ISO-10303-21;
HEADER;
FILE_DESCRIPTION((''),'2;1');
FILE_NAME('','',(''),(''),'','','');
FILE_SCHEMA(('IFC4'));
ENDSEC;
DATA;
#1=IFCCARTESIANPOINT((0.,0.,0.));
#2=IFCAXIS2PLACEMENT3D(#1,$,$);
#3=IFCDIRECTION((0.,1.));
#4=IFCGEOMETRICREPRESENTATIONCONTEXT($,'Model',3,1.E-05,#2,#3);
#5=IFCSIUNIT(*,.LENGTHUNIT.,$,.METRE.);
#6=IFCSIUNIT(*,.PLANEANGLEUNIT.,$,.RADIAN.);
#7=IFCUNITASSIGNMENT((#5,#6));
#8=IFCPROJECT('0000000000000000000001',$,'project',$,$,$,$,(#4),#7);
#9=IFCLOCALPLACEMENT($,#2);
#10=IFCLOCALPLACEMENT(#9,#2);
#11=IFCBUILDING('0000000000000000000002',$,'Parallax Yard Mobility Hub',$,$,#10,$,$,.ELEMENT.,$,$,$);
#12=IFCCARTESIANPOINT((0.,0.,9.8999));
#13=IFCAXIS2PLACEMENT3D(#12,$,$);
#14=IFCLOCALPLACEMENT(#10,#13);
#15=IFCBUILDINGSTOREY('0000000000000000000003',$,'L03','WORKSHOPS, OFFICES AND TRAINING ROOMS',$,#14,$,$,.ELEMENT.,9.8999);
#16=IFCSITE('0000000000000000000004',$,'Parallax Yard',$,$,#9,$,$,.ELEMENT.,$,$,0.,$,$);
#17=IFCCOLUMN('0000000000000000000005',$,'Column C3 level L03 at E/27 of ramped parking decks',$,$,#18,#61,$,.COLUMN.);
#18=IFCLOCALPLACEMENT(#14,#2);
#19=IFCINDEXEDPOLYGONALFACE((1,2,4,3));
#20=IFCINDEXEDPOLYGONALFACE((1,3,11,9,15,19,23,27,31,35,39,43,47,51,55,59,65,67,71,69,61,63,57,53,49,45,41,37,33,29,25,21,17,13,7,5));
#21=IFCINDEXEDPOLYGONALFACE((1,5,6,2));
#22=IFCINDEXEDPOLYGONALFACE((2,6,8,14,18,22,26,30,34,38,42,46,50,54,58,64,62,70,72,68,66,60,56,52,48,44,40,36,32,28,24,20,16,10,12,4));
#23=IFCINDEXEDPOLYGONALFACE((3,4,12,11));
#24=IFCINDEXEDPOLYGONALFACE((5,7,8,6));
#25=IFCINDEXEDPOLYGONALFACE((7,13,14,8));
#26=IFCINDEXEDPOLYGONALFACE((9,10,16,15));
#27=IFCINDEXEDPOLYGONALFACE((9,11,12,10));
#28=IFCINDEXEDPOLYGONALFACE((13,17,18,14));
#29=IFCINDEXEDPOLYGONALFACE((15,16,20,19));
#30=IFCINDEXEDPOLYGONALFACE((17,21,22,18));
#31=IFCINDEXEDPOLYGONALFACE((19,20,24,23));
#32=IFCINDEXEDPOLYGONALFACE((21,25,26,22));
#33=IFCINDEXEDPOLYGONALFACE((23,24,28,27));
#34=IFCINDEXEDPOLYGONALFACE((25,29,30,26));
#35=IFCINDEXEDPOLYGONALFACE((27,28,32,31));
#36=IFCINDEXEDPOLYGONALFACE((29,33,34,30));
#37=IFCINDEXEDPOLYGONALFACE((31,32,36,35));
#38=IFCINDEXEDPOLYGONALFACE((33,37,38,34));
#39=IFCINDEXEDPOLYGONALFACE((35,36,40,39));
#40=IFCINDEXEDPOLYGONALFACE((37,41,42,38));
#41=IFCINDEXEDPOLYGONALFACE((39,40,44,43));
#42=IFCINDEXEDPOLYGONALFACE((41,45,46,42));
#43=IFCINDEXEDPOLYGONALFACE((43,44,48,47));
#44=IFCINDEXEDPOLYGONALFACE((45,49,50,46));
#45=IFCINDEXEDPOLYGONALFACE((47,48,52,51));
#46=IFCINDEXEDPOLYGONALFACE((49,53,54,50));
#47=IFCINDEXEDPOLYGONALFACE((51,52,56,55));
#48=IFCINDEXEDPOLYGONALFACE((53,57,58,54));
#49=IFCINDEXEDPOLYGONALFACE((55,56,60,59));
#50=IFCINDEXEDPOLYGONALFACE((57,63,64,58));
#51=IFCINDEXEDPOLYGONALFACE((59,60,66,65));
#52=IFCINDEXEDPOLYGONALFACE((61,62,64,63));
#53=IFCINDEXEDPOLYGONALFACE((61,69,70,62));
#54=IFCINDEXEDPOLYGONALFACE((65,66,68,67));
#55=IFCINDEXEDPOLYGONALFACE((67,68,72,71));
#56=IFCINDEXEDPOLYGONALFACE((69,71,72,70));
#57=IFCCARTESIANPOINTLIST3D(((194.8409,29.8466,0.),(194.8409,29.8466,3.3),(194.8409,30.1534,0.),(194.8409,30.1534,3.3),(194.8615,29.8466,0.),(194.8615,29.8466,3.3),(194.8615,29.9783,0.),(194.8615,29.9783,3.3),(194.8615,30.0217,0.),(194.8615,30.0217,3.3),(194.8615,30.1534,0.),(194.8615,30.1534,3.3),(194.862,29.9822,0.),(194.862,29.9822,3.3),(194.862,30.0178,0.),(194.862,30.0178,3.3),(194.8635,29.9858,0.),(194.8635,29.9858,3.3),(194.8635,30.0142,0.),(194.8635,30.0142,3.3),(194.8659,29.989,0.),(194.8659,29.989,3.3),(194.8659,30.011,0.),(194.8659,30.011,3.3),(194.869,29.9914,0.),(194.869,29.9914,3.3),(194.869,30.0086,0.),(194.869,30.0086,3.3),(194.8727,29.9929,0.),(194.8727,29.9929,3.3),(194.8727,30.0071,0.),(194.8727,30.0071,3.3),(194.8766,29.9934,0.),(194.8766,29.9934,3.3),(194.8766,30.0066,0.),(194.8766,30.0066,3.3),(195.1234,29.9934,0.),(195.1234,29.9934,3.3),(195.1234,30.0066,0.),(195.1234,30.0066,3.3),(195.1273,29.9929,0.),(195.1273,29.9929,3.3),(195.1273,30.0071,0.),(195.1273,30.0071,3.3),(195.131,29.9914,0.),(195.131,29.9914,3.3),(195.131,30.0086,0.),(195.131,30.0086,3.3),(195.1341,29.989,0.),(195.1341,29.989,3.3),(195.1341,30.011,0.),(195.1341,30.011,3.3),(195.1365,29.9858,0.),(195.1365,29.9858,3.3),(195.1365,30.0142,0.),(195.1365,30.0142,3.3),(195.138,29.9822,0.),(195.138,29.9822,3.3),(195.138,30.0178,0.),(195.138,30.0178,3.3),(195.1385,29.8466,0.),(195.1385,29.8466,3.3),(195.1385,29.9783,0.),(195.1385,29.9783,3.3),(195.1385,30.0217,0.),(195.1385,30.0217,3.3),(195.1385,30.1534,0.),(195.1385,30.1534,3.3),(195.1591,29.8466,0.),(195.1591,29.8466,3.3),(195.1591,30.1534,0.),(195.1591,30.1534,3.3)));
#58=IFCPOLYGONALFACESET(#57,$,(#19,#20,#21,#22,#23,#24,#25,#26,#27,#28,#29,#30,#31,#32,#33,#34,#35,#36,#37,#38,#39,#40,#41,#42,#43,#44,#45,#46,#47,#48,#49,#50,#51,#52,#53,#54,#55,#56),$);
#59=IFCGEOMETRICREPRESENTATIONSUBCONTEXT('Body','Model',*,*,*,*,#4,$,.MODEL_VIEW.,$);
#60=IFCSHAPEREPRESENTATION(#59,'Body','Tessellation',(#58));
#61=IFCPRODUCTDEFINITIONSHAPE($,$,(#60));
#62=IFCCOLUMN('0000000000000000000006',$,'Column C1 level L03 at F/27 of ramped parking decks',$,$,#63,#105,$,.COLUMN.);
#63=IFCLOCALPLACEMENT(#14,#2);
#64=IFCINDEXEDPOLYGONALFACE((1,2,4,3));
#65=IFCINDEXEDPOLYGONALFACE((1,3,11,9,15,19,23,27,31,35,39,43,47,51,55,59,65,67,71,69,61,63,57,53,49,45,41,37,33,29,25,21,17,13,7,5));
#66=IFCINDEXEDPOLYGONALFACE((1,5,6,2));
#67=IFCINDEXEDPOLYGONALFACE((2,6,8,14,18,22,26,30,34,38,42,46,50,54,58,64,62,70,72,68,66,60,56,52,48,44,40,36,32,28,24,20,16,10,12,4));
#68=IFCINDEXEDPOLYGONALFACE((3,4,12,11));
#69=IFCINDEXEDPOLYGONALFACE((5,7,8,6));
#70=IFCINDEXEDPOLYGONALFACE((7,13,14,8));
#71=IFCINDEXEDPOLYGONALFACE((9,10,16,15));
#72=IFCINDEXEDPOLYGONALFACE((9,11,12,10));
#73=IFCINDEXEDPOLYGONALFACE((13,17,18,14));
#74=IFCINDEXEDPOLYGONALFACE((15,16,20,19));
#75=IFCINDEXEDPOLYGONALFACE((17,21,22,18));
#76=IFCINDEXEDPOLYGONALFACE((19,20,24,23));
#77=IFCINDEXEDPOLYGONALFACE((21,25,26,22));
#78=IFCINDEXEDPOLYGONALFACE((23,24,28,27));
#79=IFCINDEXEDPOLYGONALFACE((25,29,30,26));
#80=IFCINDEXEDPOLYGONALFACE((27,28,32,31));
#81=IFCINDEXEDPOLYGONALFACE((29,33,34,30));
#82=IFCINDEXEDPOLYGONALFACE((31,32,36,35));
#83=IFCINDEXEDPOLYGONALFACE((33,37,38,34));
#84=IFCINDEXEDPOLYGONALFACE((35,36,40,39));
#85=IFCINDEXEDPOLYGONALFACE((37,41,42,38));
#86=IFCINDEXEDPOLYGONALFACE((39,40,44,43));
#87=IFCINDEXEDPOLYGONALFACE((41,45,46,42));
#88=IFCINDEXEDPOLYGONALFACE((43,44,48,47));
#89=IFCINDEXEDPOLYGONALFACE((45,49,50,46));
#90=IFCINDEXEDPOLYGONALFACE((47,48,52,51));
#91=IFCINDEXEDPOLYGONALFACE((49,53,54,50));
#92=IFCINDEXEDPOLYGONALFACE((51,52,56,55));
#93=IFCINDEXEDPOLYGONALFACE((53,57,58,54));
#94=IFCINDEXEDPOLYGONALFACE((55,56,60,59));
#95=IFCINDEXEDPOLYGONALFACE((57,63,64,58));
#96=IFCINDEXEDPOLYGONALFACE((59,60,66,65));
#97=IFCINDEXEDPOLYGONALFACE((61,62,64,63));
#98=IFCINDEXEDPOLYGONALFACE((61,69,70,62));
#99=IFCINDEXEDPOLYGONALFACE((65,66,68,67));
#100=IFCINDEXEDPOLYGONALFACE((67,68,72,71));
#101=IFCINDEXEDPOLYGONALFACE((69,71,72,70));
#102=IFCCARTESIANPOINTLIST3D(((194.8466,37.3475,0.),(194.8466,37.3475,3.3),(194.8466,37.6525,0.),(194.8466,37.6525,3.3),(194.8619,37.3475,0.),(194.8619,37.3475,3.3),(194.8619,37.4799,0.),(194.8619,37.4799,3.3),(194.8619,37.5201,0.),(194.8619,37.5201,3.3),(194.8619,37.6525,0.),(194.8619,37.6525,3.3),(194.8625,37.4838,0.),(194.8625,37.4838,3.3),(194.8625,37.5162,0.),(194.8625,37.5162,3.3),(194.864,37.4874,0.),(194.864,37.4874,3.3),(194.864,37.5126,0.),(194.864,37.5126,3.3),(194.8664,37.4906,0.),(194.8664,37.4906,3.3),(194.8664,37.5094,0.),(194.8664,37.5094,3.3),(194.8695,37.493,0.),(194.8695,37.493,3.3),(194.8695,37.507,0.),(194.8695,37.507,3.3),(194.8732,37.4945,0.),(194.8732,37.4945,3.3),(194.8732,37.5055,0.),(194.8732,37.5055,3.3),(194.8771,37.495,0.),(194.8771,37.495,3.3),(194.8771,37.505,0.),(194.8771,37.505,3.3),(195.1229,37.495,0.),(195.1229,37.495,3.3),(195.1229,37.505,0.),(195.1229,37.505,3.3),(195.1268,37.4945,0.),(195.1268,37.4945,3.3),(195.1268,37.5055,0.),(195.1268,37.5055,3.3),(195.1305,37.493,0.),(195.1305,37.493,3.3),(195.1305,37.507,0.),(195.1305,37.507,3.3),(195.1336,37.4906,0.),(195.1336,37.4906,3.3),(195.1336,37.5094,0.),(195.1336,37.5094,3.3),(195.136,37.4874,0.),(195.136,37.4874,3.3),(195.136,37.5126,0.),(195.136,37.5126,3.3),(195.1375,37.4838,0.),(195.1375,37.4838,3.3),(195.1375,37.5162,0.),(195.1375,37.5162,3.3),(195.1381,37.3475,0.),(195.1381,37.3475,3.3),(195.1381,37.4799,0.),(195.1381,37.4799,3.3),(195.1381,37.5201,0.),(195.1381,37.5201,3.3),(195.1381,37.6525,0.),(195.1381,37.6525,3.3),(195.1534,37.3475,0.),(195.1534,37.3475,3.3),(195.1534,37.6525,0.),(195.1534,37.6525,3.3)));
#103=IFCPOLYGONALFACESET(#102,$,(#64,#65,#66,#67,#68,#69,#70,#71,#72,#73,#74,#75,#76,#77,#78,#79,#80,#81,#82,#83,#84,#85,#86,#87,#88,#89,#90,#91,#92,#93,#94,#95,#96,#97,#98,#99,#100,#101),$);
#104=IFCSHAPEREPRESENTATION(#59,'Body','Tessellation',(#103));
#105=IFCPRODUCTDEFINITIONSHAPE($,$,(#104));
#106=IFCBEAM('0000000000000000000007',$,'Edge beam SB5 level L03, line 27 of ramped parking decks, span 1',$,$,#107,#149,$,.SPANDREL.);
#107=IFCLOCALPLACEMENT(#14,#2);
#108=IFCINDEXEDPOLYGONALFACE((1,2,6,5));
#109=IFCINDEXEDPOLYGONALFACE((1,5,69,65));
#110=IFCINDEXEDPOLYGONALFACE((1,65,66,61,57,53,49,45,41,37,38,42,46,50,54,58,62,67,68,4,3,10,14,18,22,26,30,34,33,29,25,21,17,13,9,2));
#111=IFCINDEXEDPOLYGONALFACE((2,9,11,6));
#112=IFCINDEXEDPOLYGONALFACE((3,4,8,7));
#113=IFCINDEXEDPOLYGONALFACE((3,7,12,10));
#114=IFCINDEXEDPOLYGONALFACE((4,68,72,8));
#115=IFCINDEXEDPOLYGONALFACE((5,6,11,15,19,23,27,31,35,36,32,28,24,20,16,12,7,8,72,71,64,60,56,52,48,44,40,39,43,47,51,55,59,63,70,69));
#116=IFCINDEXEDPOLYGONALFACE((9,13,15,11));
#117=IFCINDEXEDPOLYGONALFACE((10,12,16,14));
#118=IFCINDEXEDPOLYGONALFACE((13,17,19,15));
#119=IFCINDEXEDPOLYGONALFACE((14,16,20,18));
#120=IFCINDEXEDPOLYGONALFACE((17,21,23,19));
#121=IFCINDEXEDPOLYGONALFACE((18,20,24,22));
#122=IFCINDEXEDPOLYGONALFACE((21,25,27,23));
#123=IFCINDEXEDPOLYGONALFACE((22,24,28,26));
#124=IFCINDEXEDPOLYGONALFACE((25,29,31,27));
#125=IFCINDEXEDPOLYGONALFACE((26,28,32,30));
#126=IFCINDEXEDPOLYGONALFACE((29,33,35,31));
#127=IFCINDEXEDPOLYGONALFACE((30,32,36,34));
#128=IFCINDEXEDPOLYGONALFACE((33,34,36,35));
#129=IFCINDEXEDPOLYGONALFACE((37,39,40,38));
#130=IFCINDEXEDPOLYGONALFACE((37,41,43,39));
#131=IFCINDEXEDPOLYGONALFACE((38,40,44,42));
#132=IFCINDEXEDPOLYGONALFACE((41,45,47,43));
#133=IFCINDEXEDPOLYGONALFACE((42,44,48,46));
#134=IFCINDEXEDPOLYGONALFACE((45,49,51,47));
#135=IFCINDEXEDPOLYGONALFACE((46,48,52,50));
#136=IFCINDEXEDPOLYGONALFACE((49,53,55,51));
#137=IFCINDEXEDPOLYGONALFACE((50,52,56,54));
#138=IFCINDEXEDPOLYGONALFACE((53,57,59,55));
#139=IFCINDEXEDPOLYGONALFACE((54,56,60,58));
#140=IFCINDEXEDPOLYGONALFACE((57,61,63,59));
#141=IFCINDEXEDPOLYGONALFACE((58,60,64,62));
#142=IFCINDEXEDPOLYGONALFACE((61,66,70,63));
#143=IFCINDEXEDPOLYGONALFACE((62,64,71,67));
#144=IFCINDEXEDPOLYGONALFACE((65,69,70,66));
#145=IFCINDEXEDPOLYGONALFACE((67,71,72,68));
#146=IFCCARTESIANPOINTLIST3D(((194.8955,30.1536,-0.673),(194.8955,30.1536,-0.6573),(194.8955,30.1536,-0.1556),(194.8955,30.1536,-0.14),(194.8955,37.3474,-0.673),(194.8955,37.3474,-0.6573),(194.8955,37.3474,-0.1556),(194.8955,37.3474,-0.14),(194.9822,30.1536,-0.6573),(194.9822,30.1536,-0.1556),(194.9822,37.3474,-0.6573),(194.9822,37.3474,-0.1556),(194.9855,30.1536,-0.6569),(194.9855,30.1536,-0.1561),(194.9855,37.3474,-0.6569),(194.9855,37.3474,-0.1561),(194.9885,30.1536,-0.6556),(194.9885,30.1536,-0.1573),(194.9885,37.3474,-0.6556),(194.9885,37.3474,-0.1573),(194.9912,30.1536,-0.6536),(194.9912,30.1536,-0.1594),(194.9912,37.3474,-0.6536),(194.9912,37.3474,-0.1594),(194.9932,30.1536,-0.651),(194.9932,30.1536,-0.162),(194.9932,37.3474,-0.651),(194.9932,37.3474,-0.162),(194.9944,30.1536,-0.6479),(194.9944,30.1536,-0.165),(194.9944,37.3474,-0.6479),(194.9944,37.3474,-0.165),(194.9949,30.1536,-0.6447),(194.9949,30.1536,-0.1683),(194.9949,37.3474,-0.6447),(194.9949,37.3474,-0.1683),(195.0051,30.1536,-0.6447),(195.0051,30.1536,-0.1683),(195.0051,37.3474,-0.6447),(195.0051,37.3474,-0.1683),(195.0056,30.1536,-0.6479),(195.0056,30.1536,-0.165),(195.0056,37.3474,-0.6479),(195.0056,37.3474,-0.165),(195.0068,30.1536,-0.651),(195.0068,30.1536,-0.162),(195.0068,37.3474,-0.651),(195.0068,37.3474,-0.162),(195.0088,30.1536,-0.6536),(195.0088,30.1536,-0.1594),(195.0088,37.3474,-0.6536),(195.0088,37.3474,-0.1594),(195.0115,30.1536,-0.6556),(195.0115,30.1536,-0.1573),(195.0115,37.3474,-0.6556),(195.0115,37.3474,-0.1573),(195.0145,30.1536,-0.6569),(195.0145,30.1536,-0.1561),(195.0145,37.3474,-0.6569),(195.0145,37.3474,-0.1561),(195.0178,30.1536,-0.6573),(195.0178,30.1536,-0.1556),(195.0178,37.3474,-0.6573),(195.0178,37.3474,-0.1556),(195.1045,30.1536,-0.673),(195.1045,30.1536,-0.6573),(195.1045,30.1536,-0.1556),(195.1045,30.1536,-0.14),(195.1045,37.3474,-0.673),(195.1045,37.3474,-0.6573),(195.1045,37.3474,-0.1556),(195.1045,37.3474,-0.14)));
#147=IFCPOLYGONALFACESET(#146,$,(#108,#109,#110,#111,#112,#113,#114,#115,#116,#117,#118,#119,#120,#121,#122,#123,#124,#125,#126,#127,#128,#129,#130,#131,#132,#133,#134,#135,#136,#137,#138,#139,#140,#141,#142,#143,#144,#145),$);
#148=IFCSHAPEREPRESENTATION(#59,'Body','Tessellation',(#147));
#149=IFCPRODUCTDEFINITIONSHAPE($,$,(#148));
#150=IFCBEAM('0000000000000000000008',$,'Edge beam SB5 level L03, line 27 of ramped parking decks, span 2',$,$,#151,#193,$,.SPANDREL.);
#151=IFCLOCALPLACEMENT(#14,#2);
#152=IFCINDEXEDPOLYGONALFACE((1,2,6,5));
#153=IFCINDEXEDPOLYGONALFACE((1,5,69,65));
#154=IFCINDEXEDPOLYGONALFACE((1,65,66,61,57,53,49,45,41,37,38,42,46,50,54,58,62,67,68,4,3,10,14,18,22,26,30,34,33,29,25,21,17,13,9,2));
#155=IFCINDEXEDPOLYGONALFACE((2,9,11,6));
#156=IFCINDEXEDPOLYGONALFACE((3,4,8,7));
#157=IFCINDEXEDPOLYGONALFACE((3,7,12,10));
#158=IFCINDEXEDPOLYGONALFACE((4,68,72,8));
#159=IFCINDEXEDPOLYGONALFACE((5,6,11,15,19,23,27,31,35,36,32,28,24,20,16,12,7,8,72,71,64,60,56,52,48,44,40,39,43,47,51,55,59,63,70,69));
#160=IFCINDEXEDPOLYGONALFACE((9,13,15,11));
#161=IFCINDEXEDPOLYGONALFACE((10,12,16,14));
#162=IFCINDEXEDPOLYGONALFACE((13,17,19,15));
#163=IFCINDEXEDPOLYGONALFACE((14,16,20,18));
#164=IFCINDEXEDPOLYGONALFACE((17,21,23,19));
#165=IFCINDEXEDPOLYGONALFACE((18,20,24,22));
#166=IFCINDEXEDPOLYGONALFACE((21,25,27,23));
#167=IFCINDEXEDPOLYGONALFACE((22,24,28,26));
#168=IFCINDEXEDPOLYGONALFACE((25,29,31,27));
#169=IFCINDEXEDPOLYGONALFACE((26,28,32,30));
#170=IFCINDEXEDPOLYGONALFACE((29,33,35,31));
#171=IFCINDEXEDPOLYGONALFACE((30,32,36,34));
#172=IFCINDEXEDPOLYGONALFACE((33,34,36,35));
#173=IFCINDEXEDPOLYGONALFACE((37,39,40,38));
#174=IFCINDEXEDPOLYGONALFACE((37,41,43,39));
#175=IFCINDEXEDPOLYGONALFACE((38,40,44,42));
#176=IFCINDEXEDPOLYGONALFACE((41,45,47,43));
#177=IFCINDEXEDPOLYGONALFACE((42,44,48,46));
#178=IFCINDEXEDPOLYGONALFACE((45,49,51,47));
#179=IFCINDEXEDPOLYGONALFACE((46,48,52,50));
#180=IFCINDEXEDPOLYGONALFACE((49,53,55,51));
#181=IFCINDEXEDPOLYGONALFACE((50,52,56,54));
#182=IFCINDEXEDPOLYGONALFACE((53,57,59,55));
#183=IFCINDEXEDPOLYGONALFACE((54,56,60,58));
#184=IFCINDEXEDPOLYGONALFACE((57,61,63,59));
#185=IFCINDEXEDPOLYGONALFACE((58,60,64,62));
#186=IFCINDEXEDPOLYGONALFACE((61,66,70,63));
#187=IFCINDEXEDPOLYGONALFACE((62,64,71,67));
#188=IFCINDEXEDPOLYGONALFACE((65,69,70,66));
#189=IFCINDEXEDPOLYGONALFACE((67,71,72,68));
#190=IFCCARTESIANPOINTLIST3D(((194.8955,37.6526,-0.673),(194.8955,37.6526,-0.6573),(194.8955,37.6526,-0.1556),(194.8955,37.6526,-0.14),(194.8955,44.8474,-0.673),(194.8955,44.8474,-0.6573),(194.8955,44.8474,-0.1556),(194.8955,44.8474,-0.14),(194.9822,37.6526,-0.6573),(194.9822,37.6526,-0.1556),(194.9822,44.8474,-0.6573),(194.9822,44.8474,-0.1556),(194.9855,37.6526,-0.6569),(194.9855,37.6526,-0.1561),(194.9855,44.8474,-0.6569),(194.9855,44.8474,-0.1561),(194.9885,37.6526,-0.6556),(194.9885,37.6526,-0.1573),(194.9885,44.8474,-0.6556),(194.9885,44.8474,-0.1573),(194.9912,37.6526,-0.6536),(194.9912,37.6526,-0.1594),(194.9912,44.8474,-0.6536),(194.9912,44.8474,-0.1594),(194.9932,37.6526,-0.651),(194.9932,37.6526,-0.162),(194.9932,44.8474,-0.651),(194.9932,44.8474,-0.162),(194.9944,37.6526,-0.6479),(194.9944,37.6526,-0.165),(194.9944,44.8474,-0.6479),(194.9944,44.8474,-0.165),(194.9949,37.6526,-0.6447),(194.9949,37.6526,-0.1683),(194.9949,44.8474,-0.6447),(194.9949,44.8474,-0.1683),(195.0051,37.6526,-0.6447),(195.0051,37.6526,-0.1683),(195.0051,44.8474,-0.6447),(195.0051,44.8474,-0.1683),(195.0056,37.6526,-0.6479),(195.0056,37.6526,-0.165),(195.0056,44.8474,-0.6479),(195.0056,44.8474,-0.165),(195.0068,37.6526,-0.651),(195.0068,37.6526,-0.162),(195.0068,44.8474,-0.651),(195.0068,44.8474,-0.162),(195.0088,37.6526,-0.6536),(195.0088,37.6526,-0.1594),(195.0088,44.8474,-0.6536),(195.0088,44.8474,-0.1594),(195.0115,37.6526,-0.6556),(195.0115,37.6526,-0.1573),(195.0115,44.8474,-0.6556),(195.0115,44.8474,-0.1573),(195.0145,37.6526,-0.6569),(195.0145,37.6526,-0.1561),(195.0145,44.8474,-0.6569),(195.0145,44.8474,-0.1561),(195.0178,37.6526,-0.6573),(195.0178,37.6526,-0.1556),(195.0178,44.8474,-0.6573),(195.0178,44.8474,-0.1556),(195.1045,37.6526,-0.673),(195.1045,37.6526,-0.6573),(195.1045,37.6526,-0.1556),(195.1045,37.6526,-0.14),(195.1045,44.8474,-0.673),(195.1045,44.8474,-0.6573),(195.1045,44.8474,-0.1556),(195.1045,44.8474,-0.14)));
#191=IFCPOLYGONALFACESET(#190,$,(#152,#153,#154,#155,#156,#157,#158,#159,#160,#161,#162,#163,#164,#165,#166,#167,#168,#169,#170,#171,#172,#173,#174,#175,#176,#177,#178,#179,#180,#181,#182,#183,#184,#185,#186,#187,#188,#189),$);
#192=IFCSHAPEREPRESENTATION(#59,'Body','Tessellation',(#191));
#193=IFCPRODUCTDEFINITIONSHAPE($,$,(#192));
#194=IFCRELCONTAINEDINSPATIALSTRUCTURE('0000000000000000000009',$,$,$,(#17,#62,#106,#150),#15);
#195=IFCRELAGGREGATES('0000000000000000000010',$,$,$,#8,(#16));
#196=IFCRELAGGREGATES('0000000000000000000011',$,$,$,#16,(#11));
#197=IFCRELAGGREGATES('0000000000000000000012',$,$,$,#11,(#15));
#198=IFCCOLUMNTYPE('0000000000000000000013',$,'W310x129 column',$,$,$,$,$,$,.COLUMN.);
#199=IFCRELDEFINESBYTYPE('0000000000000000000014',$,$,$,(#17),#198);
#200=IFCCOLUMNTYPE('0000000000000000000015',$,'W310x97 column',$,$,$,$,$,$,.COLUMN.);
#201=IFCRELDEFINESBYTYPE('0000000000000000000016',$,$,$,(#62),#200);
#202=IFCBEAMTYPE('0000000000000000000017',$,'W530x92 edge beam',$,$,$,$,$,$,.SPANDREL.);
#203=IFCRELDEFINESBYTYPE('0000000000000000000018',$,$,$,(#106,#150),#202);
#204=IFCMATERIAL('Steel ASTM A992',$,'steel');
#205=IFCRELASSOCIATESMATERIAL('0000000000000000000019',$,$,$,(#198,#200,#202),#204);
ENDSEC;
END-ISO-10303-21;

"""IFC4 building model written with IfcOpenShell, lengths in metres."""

from ifc_helpers import new_model, si_unit, direction, frame, origin, origin_2d, place, context, subcontext, project, spatial, i_section, extrude, material, material_profile, profile_set, type_object, element, save


model = new_model("IFC4")

# Units and contexts
model_context = context("Model", 3, precision=1e-05, world=origin(), true_north=direction((0.0, 1.0)))
body_context = subcontext(model_context, "Body", "Model", "MODEL_VIEW")
ifc_project = project(units=[si_unit("LENGTHUNIT", "METRE"), si_unit("PLANEANGLEUNIT", "RADIAN")], contexts=[model_context])

# Site, building, storey
site_placement = place(None, origin())
site = spatial("IfcSite", under=ifc_project, at=site_placement, Name="Parallax Yard", CompositionType="ELEMENT", RefElevation=0.0)
building_placement = place(site_placement, origin())
building = spatial("IfcBuilding", under=site, at=building_placement, Name="Parallax Yard Mobility Hub", CompositionType="ELEMENT")
storey_placement = place(building_placement, frame((0.0, 0.0, 9.8999)))
storey = spatial("IfcBuildingStorey", under=building, at=storey_placement, Name="L03", Description="WORKSHOPS, OFFICES AND TRAINING ROOMS", CompositionType="ELEMENT", Elevation=9.8999)

# Columns
ifc_material_1 = material(Name="Steel ASTM A992", Category="steel")
ifc_material_profile_1 = material_profile(ifc_material_1, i_section(OverallWidth=0.3069, OverallDepth=0.3181, WebThickness=0.0132, FlangeThickness=0.0205, FilletRadius=0.0151, at=origin_2d()), Name="W310x129")
ifc_profile_set_1 = profile_set([ifc_material_profile_1], Name="Steel ASTM A992")
column_type_1 = type_object("IfcColumnType", Name="W310x129 column", PredefinedType="COLUMN", material=ifc_profile_set_1)
column_1_placement = place(storey_placement, frame((195.0, 30.0, 0.0), z_axis=(0.0, 0.0, 1.0), x_axis=(0.0, 1.0, 0.0)))
element("IfcColumn", 1, at=column_1_placement, inside=storey, type_object=column_type_1, Name="Column C3 level L03 at E/27 of ramped parking decks", PredefinedType="COLUMN", context=body_context, shape_type="SweptSolid", body=[
    extrude(i_section(OverallWidth=0.3069, OverallDepth=0.3181, WebThickness=0.0132, FlangeThickness=0.0205, FilletRadius=0.0151, at=origin_2d()), origin(), (0.0, 0.0, 1.0), 3.3),
])
ifc_material_profile_2 = material_profile(ifc_material_1, i_section(OverallWidth=0.3049, OverallDepth=0.3069, WebThickness=0.01, FlangeThickness=0.0154, FilletRadius=0.0151, at=origin_2d()), Name="W310x97")
ifc_profile_set_2 = profile_set([ifc_material_profile_2], Name="Steel ASTM A992")
column_type_2 = type_object("IfcColumnType", Name="W310x97 column", PredefinedType="COLUMN", material=ifc_profile_set_2)
column_2_placement = place(storey_placement, frame((195.0, 37.5, 0.0), z_axis=(0.0, 0.0, 1.0), x_axis=(0.0, 1.0, 0.0)))
element("IfcColumn", 2, at=column_2_placement, inside=storey, type_object=column_type_2, Name="Column C1 level L03 at F/27 of ramped parking decks", PredefinedType="COLUMN", context=body_context, shape_type="SweptSolid", body=[
    extrude(i_section(OverallWidth=0.3049, OverallDepth=0.3069, WebThickness=0.01, FlangeThickness=0.0154, FilletRadius=0.0151, at=origin_2d()), origin(), (0.0, 0.0, 1.0), 3.3),
])

# Beams
ifc_material_profile_3 = material_profile(ifc_material_1, i_section(OverallWidth=0.209, OverallDepth=0.533, WebThickness=0.0103, FlangeThickness=0.0156, FilletRadius=0.0127, at=origin_2d()), Name="W530x92")
ifc_profile_set_3 = profile_set([ifc_material_profile_3], Name="Steel ASTM A992")
beam_type_1 = type_object("IfcBeamType", Name="W530x92 edge beam", PredefinedType="SPANDREL", material=ifc_profile_set_3)
beam_1_placement = place(storey_placement, frame((195.0, 30.1536, -0.4065), z_axis=(0.0, 1.0, 0.0), x_axis=(-1.0, 0.0, 0.0)))
element("IfcBeam", 3, at=beam_1_placement, inside=storey, type_object=beam_type_1, Name="Edge beam SB5 level L03, line 27 of ramped parking decks, span 1", PredefinedType="SPANDREL", context=body_context, shape_type="SweptSolid", body=[
    extrude(i_section(OverallWidth=0.209, OverallDepth=0.533, WebThickness=0.0103, FlangeThickness=0.0156, FilletRadius=0.0127, at=origin_2d()), origin(), (0.0, 0.0, 1.0), 7.1938),
])
beam_2_placement = place(storey_placement, frame((195.0, 37.6526, -0.4065), z_axis=(0.0, 1.0, 0.0), x_axis=(-1.0, 0.0, 0.0)))
element("IfcBeam", 4, at=beam_2_placement, inside=storey, type_object=beam_type_1, Name="Edge beam SB5 level L03, line 27 of ramped parking decks, span 2", PredefinedType="SPANDREL", context=body_context, shape_type="SweptSolid", body=[
    extrude(i_section(OverallWidth=0.209, OverallDepth=0.533, WebThickness=0.0103, FlangeThickness=0.0156, FilletRadius=0.0127, at=origin_2d()), origin(), (0.0, 0.0, 1.0), 7.1948),
])

save(model, "model.ifc")
